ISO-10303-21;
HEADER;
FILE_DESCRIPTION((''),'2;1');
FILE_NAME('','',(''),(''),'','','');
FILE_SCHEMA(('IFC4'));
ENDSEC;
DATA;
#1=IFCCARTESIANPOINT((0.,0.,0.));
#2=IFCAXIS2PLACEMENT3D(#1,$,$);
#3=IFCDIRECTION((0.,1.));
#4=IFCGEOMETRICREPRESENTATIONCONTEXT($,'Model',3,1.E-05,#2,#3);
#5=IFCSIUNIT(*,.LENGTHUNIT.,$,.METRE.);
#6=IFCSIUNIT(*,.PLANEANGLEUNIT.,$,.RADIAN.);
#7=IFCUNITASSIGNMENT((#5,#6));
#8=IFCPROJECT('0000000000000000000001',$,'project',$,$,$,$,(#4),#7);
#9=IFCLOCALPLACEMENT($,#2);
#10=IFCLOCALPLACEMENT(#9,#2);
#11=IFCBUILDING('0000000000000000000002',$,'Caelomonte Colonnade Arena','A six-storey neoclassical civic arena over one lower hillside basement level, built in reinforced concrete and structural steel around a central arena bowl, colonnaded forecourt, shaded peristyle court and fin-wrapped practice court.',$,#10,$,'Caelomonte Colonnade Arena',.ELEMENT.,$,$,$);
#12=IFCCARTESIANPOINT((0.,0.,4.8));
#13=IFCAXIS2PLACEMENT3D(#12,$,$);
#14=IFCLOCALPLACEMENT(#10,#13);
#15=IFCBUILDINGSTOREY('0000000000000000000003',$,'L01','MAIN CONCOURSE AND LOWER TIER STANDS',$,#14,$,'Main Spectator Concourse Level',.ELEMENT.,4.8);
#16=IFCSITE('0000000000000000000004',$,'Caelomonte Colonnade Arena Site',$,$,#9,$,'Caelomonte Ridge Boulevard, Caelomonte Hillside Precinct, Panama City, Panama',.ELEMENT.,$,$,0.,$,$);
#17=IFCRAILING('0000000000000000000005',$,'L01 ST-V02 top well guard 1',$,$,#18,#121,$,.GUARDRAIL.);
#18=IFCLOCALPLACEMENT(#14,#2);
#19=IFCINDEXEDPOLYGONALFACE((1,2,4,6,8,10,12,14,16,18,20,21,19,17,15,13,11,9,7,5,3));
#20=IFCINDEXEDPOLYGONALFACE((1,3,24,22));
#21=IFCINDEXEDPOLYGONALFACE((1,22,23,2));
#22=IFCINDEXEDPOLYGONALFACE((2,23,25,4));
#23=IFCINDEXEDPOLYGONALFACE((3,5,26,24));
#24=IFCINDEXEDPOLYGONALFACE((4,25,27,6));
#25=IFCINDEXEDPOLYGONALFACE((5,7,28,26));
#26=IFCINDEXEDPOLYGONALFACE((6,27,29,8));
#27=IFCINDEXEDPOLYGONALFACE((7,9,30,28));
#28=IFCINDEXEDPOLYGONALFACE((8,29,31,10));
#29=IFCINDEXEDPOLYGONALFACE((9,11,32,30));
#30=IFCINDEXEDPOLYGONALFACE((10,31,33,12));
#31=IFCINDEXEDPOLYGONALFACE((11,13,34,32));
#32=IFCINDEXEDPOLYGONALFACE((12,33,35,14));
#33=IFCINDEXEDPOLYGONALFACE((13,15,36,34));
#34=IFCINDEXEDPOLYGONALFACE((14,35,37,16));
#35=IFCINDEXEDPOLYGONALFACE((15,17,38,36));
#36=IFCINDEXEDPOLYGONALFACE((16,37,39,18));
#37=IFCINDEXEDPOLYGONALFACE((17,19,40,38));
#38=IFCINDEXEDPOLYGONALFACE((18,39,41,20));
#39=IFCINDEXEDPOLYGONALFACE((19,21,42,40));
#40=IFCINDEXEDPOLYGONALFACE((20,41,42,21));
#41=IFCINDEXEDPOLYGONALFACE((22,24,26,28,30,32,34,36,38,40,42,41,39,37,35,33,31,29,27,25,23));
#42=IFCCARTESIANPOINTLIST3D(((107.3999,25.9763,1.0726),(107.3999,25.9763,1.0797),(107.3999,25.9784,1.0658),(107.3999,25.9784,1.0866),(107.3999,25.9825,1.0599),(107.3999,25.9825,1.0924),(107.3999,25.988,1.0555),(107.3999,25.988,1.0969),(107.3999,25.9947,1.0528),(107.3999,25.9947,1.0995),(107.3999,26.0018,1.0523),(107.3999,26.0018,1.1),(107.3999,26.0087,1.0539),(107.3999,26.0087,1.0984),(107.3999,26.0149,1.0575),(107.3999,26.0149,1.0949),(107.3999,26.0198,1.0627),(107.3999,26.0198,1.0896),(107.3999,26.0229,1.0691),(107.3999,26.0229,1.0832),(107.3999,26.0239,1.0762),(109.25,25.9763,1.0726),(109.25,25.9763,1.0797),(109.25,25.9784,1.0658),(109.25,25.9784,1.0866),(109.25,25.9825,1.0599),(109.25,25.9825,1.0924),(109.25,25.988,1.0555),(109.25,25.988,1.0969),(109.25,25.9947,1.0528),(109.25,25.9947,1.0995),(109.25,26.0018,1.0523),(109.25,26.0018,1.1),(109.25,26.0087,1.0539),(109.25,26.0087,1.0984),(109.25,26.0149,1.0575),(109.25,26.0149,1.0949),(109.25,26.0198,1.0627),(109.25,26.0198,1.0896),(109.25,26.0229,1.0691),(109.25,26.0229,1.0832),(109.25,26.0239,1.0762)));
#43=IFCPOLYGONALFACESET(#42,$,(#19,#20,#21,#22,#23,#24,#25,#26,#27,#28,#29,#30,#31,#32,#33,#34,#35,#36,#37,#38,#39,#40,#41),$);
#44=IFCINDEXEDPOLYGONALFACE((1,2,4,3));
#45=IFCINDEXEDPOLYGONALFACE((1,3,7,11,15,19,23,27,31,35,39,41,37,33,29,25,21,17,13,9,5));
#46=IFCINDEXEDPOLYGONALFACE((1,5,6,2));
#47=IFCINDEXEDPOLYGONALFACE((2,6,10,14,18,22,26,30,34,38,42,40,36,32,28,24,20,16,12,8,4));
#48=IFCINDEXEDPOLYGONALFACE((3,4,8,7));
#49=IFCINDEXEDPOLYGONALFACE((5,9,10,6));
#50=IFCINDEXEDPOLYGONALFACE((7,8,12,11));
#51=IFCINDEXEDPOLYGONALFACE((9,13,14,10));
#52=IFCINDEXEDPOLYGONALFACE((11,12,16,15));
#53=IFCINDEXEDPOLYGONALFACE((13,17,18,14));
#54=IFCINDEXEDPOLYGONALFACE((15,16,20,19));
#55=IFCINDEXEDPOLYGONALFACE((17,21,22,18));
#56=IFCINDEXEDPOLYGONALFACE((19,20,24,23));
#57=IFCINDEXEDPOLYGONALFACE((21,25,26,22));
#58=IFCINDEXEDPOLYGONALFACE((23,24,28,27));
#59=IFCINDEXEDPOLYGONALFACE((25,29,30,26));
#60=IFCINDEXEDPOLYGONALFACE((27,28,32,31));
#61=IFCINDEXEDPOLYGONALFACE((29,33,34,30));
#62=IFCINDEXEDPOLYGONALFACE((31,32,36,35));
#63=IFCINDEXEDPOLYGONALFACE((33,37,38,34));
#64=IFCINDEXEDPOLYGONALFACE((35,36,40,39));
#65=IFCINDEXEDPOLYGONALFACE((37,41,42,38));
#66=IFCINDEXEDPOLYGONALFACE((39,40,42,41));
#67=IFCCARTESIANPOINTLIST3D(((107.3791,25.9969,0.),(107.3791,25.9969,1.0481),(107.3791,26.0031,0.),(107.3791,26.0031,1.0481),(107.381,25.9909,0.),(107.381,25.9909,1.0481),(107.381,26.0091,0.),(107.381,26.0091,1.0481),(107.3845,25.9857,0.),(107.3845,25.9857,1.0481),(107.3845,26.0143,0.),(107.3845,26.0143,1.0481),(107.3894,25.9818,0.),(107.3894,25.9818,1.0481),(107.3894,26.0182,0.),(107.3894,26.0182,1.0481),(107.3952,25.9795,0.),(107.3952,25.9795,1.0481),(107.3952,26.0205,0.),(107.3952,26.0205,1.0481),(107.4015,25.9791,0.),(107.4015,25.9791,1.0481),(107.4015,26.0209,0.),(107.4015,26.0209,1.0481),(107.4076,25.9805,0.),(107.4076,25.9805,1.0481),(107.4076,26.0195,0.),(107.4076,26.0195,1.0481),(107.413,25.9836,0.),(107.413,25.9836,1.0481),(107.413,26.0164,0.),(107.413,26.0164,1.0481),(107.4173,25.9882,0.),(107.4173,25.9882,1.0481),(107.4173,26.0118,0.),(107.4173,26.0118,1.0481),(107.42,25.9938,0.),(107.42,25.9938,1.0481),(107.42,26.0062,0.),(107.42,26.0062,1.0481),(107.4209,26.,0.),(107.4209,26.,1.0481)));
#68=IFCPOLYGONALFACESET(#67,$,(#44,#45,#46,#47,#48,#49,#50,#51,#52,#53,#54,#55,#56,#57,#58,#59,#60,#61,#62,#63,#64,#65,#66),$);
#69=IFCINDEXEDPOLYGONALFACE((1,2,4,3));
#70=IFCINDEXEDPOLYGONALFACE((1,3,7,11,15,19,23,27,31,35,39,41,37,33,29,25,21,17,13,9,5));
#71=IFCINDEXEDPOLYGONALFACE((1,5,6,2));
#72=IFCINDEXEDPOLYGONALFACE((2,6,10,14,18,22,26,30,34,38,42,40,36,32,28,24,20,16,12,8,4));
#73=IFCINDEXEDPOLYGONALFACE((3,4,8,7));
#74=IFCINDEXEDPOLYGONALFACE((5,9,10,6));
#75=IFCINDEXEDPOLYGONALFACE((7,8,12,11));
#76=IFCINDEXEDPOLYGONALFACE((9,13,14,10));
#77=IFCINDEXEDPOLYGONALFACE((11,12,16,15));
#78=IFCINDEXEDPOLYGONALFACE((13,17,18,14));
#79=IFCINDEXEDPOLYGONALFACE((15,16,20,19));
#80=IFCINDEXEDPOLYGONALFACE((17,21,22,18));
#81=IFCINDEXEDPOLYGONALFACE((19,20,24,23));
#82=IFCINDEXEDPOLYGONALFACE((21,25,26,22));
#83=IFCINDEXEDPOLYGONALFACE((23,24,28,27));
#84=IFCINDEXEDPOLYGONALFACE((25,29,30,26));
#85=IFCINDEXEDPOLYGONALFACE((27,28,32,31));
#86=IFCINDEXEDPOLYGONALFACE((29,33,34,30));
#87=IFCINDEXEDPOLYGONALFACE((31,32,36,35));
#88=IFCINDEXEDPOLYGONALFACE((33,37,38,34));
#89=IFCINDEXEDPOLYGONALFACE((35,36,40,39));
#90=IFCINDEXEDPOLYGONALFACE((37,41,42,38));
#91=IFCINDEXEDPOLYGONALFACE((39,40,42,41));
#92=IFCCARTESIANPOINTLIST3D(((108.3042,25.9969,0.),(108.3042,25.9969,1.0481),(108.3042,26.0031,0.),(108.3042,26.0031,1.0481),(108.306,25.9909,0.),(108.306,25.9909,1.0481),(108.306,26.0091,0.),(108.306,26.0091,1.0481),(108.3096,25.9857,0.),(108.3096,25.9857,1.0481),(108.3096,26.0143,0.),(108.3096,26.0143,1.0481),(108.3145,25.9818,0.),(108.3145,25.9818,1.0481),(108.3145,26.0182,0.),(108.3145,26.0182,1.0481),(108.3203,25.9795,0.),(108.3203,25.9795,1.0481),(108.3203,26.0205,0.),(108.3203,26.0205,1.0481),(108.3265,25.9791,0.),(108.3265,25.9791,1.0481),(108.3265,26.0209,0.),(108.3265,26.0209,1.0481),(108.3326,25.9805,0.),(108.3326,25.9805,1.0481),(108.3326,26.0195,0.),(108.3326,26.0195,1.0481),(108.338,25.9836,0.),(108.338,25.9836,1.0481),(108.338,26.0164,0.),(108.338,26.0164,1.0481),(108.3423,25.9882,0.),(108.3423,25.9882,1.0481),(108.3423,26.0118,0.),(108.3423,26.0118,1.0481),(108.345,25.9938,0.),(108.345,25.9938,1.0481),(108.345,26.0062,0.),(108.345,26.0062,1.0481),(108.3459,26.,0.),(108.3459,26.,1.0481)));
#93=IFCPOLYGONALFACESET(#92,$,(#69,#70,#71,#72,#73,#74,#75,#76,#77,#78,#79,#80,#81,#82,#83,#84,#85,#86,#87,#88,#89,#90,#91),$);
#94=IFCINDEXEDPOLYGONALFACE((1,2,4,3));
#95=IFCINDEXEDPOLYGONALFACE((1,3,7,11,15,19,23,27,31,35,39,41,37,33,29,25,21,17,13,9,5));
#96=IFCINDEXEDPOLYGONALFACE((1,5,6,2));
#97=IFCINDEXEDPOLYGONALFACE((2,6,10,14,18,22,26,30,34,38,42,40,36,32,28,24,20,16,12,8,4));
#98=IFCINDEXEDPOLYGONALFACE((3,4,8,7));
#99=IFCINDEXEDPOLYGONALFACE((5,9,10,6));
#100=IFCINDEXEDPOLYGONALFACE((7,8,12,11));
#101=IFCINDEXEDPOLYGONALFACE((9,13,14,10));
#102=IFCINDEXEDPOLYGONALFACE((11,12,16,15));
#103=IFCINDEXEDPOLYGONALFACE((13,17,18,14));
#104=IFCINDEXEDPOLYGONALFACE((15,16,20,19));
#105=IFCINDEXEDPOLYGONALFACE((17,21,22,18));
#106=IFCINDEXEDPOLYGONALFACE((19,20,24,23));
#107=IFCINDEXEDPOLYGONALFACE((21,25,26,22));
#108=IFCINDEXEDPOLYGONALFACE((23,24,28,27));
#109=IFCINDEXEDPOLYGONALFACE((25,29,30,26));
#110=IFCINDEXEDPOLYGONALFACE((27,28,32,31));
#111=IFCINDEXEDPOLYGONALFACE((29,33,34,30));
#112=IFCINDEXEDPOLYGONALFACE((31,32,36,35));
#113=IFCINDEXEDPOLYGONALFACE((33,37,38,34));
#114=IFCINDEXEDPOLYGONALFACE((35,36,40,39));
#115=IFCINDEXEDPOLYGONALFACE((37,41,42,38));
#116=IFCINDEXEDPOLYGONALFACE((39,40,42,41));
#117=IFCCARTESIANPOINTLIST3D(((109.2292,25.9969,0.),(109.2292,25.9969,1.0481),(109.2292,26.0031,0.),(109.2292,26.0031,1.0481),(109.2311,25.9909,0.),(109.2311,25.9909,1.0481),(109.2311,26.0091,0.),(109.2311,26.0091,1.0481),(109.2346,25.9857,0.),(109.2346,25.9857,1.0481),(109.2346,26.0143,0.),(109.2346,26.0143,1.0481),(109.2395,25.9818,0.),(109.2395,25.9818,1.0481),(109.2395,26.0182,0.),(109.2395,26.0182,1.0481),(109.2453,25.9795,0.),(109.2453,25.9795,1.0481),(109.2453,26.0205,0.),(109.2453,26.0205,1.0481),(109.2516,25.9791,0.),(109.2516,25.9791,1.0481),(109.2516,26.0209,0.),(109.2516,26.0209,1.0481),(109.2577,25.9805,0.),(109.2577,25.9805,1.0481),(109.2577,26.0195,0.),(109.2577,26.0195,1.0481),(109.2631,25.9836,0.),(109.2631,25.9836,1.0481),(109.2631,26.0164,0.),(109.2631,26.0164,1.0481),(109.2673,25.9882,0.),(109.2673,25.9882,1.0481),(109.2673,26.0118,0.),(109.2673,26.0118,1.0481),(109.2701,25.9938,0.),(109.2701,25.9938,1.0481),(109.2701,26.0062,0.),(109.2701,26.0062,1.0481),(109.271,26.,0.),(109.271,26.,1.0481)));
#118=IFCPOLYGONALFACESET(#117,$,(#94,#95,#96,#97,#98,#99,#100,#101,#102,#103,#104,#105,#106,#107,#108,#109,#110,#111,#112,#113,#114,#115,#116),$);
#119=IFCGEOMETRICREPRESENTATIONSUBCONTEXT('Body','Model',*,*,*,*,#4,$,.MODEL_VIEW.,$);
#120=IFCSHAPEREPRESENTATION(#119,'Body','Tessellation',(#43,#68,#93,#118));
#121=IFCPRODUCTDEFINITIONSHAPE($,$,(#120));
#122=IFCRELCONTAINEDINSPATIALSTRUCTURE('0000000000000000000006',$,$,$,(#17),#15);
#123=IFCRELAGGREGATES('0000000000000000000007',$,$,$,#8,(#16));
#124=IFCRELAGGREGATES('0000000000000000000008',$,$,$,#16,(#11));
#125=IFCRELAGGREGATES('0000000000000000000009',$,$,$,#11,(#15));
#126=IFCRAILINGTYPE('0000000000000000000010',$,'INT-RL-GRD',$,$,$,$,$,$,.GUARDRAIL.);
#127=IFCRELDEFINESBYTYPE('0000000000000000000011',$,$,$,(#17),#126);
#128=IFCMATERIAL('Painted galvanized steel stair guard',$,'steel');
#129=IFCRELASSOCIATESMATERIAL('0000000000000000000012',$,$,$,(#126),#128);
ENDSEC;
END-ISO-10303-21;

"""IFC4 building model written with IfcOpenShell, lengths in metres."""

from ifc_helpers import new_model, si_unit, direction, frame, origin, origin_2d, place, context, subcontext, project, spatial, circle, extrude, material, type_object, element, save


model = new_model("IFC4")

# Units and contexts
model_context = context("Model", 3, precision=1e-05, world=origin(), true_north=direction((0.0, 1.0)))
body_context = subcontext(model_context, "Body", "Model", "MODEL_VIEW")
ifc_project = project(units=[si_unit("LENGTHUNIT", "METRE"), si_unit("PLANEANGLEUNIT", "RADIAN")], contexts=[model_context])

# Site, building, storey
site_placement = place(None, origin())
site = spatial("IfcSite", under=ifc_project, at=site_placement, Name="Caelomonte Colonnade Arena Site", LongName="Caelomonte Ridge Boulevard, Caelomonte Hillside Precinct, Panama City, Panama", CompositionType="ELEMENT", RefElevation=0.0)
building_placement = place(site_placement, origin())
building = spatial("IfcBuilding", under=site, at=building_placement, Name="Caelomonte Colonnade Arena", Description="A six-storey neoclassical civic arena over one lower hillside basement level, built in reinforced concrete and structural steel around a central arena bowl, colonnaded forecourt, shaded peristyle court and fin-wrapped practice court.", LongName="Caelomonte Colonnade Arena", CompositionType="ELEMENT")
storey_placement = place(building_placement, frame((0.0, 0.0, 4.8)))
storey = spatial("IfcBuildingStorey", under=building, at=storey_placement, Name="L01", Description="MAIN CONCOURSE AND LOWER TIER STANDS", LongName="Main Spectator Concourse Level", CompositionType="ELEMENT", Elevation=4.8)

# Railing
ifc_material_1 = material(Name="Painted galvanized steel stair guard", Category="steel")
railing_type_1 = type_object("IfcRailingType", Name="INT-RL-GRD", PredefinedType="GUARDRAIL", material=ifc_material_1)
for number, where, name in (
    (1, (107.3999, 26.0, 0.0), "L01 ST-V02 top well guard 1"),
):
    element("IfcRailing", number, at=place(storey_placement, frame(where)), inside=storey, type_object=railing_type_1, Name=name, PredefinedType="GUARDRAIL", context=body_context, shape_type="SweptSolid", body=[
        extrude(circle(Radius=0.0239, at=origin_2d()), frame((0.0, 0.0, 1.0762), z_axis=(1.0, 0.0, 0.0), x_axis=(0.0, 1.0, 0.0)), (0.0, 0.0, 1.0), 1.8501),
        extrude(circle(Radius=0.021, at=origin_2d()), origin(), (0.0, 0.0, 1.0), 1.0481),
        extrude(circle(Radius=0.021, at=origin_2d()), frame((0.925, 0.0, 0.0)), (0.0, 0.0, 1.0), 1.0481),
        extrude(circle(Radius=0.021, at=origin_2d()), frame((1.8501, 0.0, 0.0)), (0.0, 0.0, 1.0), 1.0481),
    ])

save(model, "model.ifc")
